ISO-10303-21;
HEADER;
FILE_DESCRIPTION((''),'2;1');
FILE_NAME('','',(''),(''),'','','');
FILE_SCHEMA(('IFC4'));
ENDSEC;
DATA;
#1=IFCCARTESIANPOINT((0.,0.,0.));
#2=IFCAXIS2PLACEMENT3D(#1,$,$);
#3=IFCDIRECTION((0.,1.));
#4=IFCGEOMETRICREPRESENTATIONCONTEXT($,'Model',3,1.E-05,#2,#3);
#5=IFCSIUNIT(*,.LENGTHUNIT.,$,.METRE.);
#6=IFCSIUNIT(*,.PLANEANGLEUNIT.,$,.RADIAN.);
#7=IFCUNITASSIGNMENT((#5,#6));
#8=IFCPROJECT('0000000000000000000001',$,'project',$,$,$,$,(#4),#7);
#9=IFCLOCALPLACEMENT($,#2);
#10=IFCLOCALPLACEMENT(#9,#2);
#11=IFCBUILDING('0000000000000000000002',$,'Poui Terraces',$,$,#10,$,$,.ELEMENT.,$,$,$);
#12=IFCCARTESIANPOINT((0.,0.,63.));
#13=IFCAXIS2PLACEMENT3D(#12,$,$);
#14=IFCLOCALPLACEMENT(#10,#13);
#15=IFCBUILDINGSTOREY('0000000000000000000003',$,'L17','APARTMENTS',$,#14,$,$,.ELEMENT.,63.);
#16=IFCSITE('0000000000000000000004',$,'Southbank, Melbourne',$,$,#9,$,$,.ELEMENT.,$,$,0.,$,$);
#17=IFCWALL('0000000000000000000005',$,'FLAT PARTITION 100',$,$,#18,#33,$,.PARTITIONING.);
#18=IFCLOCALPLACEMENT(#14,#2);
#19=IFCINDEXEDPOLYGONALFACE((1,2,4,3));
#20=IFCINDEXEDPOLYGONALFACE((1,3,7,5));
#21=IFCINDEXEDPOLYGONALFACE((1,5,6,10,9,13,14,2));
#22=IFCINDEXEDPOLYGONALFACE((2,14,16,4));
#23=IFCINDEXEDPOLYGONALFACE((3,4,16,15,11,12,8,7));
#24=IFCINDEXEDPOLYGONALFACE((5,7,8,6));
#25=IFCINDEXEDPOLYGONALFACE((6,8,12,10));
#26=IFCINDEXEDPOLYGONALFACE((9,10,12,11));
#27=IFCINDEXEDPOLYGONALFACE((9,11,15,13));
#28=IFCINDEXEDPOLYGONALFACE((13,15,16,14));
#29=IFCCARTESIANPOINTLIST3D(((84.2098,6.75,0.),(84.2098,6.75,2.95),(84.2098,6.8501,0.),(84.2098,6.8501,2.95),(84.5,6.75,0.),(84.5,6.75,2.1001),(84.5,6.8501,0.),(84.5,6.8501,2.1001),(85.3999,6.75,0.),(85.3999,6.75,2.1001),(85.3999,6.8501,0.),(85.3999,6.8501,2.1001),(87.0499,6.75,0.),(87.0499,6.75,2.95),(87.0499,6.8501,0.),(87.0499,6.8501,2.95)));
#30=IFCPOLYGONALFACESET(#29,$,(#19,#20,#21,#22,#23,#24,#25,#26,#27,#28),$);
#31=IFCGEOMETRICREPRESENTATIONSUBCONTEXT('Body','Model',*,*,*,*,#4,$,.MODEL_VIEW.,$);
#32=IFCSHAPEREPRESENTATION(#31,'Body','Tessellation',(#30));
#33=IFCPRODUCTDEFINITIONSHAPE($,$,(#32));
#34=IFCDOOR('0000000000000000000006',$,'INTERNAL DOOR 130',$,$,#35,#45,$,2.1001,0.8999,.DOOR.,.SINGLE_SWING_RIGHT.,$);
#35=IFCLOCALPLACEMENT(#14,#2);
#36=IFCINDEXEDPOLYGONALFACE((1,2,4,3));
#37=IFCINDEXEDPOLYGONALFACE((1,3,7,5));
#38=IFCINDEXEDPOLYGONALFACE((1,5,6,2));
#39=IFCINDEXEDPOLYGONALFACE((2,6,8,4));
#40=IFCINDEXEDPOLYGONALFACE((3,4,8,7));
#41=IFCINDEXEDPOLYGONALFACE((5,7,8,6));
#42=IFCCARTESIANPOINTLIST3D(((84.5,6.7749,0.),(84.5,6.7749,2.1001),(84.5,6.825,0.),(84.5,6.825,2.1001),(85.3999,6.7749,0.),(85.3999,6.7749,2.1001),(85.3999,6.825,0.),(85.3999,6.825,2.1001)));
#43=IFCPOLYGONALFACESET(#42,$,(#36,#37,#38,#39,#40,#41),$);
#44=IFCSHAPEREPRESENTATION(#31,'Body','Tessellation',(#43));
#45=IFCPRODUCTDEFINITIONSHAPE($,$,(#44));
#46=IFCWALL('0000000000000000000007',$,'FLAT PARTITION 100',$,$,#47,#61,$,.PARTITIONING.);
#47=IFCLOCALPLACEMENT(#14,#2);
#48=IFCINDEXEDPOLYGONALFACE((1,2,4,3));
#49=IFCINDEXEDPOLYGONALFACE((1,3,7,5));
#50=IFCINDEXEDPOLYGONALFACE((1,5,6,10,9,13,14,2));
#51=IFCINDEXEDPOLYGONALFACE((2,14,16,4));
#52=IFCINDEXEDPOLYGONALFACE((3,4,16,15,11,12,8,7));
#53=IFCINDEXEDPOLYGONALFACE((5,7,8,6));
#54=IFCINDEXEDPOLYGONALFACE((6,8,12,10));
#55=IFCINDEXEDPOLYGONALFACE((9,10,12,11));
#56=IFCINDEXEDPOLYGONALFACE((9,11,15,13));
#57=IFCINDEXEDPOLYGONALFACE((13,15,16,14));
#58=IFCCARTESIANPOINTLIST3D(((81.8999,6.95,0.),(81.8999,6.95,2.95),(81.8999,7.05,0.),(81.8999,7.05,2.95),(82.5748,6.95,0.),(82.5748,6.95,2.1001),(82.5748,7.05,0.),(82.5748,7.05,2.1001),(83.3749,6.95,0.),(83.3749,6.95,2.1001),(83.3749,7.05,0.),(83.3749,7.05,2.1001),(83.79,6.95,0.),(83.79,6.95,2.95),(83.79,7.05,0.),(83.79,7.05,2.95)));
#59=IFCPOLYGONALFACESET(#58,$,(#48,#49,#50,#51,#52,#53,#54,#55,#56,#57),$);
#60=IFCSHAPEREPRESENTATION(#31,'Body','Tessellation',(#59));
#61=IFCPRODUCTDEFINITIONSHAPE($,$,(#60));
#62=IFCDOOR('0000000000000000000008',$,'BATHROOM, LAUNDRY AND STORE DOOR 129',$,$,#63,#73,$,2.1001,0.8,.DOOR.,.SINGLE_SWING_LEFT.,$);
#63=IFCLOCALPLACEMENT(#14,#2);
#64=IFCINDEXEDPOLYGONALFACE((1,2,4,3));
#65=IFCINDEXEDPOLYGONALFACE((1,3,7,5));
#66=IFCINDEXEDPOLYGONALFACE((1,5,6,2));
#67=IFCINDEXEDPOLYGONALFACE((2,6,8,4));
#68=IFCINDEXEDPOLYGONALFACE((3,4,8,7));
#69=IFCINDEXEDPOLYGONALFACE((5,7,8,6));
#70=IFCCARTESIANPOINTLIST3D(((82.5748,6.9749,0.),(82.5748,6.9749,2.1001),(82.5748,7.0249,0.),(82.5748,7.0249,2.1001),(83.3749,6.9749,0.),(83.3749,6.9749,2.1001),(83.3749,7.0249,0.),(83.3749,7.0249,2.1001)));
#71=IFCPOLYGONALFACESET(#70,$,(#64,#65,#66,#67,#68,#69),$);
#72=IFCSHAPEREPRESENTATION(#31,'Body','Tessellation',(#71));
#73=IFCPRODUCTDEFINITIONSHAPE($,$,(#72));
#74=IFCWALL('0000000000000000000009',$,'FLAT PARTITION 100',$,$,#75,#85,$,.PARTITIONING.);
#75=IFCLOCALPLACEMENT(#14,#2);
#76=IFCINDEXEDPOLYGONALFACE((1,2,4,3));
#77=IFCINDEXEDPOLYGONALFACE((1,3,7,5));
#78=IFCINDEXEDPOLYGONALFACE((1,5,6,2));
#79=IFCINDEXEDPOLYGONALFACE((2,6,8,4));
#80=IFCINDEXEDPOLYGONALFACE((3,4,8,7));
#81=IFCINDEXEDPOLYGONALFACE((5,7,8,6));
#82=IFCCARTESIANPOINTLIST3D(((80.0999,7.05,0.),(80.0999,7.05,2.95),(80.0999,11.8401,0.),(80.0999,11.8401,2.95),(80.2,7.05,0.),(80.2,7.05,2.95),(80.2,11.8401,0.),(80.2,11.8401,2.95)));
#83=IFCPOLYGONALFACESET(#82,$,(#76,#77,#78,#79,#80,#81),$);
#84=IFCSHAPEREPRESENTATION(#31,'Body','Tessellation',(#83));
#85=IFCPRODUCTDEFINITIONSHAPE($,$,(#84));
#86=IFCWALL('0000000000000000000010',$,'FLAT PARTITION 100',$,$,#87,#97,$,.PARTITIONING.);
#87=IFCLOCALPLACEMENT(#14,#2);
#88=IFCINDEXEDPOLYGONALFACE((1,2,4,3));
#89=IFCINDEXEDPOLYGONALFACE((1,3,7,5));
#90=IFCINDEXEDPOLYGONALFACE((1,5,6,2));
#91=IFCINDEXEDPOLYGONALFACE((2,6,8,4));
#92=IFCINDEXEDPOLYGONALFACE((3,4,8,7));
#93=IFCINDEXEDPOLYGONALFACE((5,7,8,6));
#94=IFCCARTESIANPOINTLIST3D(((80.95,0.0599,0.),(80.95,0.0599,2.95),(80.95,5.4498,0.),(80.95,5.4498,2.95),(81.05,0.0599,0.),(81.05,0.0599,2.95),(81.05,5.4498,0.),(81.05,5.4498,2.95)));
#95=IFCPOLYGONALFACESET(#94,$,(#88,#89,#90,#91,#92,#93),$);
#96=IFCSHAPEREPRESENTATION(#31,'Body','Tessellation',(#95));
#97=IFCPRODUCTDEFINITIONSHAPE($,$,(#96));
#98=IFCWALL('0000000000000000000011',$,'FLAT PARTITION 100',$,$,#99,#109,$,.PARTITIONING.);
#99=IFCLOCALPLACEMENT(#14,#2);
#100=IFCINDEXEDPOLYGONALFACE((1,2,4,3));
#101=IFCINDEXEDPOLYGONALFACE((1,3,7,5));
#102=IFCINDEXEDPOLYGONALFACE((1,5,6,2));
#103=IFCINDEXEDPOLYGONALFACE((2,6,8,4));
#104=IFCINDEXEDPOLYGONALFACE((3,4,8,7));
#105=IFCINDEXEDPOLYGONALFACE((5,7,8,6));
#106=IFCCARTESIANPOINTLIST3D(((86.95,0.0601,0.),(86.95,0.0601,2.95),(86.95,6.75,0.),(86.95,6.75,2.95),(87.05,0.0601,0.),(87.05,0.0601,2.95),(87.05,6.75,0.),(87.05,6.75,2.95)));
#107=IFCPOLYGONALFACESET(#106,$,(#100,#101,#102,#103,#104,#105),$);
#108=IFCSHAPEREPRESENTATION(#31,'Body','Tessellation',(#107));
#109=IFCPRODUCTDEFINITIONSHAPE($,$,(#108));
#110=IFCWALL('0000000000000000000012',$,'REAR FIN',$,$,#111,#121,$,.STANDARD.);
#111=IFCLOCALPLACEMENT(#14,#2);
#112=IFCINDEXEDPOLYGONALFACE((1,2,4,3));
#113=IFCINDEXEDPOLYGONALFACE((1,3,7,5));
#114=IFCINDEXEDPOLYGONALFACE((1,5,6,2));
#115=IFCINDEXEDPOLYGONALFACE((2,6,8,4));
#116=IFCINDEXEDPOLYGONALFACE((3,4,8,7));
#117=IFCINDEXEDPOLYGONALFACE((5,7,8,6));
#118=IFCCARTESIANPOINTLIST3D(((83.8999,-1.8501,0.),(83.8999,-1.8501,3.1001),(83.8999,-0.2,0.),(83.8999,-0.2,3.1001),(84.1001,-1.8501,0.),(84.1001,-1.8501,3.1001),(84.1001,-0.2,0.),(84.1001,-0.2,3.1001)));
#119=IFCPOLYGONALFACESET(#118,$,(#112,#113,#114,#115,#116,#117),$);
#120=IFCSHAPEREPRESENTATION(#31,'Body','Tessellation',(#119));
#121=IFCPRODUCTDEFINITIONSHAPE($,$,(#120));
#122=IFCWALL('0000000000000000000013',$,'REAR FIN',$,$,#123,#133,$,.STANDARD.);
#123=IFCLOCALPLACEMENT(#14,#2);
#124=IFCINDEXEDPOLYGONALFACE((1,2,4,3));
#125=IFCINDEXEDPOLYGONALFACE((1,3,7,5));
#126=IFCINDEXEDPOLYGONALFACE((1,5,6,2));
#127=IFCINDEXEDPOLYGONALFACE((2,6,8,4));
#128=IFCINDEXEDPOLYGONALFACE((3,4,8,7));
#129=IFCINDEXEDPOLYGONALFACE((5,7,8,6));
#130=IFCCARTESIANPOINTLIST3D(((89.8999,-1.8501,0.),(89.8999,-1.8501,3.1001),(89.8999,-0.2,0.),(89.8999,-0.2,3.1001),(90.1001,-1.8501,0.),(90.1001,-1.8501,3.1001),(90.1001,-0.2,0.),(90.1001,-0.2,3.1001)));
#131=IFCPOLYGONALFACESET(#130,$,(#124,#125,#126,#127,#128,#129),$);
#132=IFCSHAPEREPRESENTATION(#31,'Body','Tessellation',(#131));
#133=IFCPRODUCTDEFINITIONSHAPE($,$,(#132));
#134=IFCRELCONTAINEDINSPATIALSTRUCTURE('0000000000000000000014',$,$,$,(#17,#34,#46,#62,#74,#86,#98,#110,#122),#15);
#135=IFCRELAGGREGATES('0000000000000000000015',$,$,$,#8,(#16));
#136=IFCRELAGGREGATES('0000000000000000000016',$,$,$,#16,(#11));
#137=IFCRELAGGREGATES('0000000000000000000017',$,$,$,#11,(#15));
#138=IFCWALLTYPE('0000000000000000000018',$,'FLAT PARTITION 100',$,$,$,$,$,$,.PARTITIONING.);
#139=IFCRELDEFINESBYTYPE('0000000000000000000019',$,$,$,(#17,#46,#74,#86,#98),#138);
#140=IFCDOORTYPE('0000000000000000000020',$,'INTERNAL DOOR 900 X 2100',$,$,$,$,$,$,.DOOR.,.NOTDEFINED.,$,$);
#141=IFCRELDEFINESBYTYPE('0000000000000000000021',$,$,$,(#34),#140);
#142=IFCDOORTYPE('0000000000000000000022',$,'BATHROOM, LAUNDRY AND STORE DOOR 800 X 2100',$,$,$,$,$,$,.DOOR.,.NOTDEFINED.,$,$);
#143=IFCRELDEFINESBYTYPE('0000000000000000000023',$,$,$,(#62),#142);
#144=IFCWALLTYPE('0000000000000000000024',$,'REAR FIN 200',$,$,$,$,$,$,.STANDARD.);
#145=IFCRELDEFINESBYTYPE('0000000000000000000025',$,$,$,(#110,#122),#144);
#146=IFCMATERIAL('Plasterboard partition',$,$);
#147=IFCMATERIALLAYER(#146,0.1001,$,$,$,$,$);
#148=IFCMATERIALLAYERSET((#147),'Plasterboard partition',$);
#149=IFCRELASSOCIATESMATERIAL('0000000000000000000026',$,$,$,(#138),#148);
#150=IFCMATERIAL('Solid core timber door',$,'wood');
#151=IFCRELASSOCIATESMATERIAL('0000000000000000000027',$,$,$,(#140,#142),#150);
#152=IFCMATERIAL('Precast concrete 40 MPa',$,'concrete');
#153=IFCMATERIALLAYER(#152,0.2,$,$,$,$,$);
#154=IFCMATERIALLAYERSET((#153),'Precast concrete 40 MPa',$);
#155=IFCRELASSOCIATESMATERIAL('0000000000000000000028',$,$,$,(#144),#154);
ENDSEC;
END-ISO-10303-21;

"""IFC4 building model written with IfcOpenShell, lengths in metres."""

from ifc_helpers import new_model, si_unit, direction, frame, frame_2d, origin, place, context, subcontext, project, spatial, polyline, rectangle, outline, extrude, source, transform, mapped, material, layer, layer_set, type_object, element, fill, save


model = new_model("IFC4")

# Units and contexts
model_context = context("Model", 3, precision=1e-05, world=origin(), true_north=direction((0.0, 1.0)))
body_context = subcontext(model_context, "Body", "Model", "MODEL_VIEW")
ifc_project = project(units=[si_unit("LENGTHUNIT", "METRE"), si_unit("PLANEANGLEUNIT", "RADIAN")], contexts=[model_context])

# Site, building, storey
site_placement = place(None, origin())
site = spatial("IfcSite", under=ifc_project, at=site_placement, Name="Southbank, Melbourne", CompositionType="ELEMENT", RefElevation=0.0)
building_placement = place(site_placement, origin())
building = spatial("IfcBuilding", under=site, at=building_placement, Name="Poui Terraces", CompositionType="ELEMENT")
storey_placement = place(building_placement, frame((0.0, 0.0, 63.0)))
storey = spatial("IfcBuildingStorey", under=building, at=storey_placement, Name="L17", Description="APARTMENTS", CompositionType="ELEMENT", Elevation=63.0)

# Shared definitions
ifc_material_1 = material(Name="Precast concrete 40 MPa", Category="concrete")

# Walls, openings, doors
ifc_material_2 = material(Name="Plasterboard partition")
ifc_layer_1 = layer(ifc_material_2, 0.1001)
ifc_layer_set_1 = layer_set([ifc_layer_1], Name="Plasterboard partition")
wall_type_1 = type_object("IfcWallType", Name="FLAT PARTITION 100", PredefinedType="PARTITIONING", material=ifc_layer_set_1)
wall_1_placement = place(storey_placement, frame((84.21, 6.8, 0.0), z_axis=(0.0, 0.0, 1.0), x_axis=(1.0, 0.0, 0.0)))
wall_1 = element("IfcWall", 1, at=wall_1_placement, inside=storey, type_object=wall_type_1, Name="FLAT PARTITION 100", PredefinedType="PARTITIONING", context=body_context, shape_type="SweptSolid", body=[
    extrude(rectangle(XDim=2.8401, YDim=0.1001, at=frame_2d((1.4199, 0.0))), origin(), (0.0, 0.0, 1.0), 2.95),
])
opening_1_placement = place(wall_1_placement, frame((0.29, 0.0, 0.0)))
opening_1 = element("IfcOpeningElement", 2, at=opening_1_placement, cuts=wall_1, PredefinedType="OPENING", context=body_context, shape_type="SweptSolid", body=[
    extrude(rectangle(XDim=0.8999, YDim=2.1001, at=frame_2d((0.45, 1.05))), frame((0.0, 0.0601, 0.0), z_axis=(0.0, -1.0, 0.0), x_axis=(1.0, 0.0, 0.0)), (0.0, 0.0, 1.0), 0.1201),
])
ifc_material_3 = material(Name="Solid core timber door", Category="wood")
door_type_1 = type_object("IfcDoorType", Name="INTERNAL DOOR 900 X 2100", OperationType="NOTDEFINED", PredefinedType="DOOR", material=ifc_material_3)
door_1_placement = place(opening_1_placement, origin())
door_1 = element("IfcDoor", 3, at=door_1_placement, inside=storey, type_object=door_type_1, Name="INTERNAL DOOR 130", OperationType="SINGLE_SWING_RIGHT", OverallHeight=2.1001, OverallWidth=0.8999, PredefinedType="DOOR", context=body_context, shape_type="SweptSolid", body=[
    extrude(rectangle(XDim=0.8999, YDim=2.1001, at=frame_2d((0.45, 1.05))), frame((0.0, 0.0249, 0.0), z_axis=(0.0, -1.0, 0.0), x_axis=(1.0, 0.0, 0.0)), (0.0, 0.0, 1.0), 0.05),
])
fill(opening_1, door_1)
wall_2_placement = place(storey_placement, frame((81.8999, 7.0, 0.0), z_axis=(0.0, 0.0, 1.0), x_axis=(1.0, 0.0, 0.0)))
wall_2 = element("IfcWall", 4, at=wall_2_placement, inside=storey, type_object=wall_type_1, Name="FLAT PARTITION 100", PredefinedType="PARTITIONING", context=body_context, shape_type="SweptSolid", body=[
    extrude(rectangle(XDim=1.8901, YDim=0.1001, at=frame_2d((0.9451, 0.0))), origin(), (0.0, 0.0, 1.0), 2.95),
])
opening_2_placement = place(wall_2_placement, frame((0.675, 0.0, 0.0)))
opening_2 = element("IfcOpeningElement", 5, at=opening_2_placement, cuts=wall_2, PredefinedType="OPENING", context=body_context, shape_type="SweptSolid", body=[
    extrude(rectangle(XDim=0.8, YDim=2.1001, at=frame_2d((0.3999, 1.05))), frame((0.0, 0.0601, 0.0), z_axis=(0.0, -1.0, 0.0), x_axis=(1.0, 0.0, 0.0)), (0.0, 0.0, 1.0), 0.1201),
])
door_type_2 = type_object("IfcDoorType", Name="BATHROOM, LAUNDRY AND STORE DOOR 800 X 2100", OperationType="NOTDEFINED", PredefinedType="DOOR", material=ifc_material_3)
door_2_placement = place(opening_2_placement, origin())
door_2 = element("IfcDoor", 6, at=door_2_placement, inside=storey, type_object=door_type_2, Name="BATHROOM, LAUNDRY AND STORE DOOR 129", OperationType="SINGLE_SWING_LEFT", OverallHeight=2.1001, OverallWidth=0.8, PredefinedType="DOOR", context=body_context, shape_type="SweptSolid", body=[
    extrude(rectangle(XDim=0.8, YDim=2.1001, at=frame_2d((0.3999, 1.05))), frame((0.0, 0.0249, 0.0), z_axis=(0.0, -1.0, 0.0), x_axis=(1.0, 0.0, 0.0)), (0.0, 0.0, 1.0), 0.05),
])
fill(opening_2, door_2)

# Walls
wall_3_placement = place(storey_placement, frame((80.1499, 7.05, 0.0), z_axis=(0.0, 0.0, 1.0), x_axis=(0.0, 1.0, 0.0)))
element("IfcWall", 7, at=wall_3_placement, inside=storey, type_object=wall_type_1, Name="FLAT PARTITION 100", PredefinedType="PARTITIONING", context=body_context, shape_type="SweptSolid", body=[
    extrude(rectangle(XDim=4.79, YDim=0.1001, at=frame_2d((2.395, 0.0))), origin(), (0.0, 0.0, 1.0), 2.95),
])
wall_4_placement = place(storey_placement, frame((81.0, 0.0601, 0.0), z_axis=(0.0, 0.0, 1.0), x_axis=(0.0, 1.0, 0.0)))
element("IfcWall", 8, at=wall_4_placement, inside=storey, type_object=wall_type_1, Name="FLAT PARTITION 100", PredefinedType="PARTITIONING", context=body_context, shape_type="SweptSolid", body=[
    extrude(rectangle(XDim=5.3899, YDim=0.1001, at=frame_2d((2.6948, 0.0))), origin(), (0.0, 0.0, 1.0), 2.95),
])
wall_5_placement = place(storey_placement, frame((87.0, 0.0601, 0.0), z_axis=(0.0, 0.0, 1.0), x_axis=(0.0, 1.0, 0.0)))
element("IfcWall", 9, at=wall_5_placement, inside=storey, type_object=wall_type_1, Name="FLAT PARTITION 100", PredefinedType="PARTITIONING", context=body_context, shape_type="SweptSolid", body=[
    extrude(rectangle(XDim=6.6899, YDim=0.1001, at=frame_2d((3.345, 0.0))), origin(), (0.0, 0.0, 1.0), 2.95),
])
ifc_layer_2 = layer(ifc_material_1, 0.2)
ifc_layer_set_2 = layer_set([ifc_layer_2], Name="Precast concrete 40 MPa")
wall_type_2 = type_object("IfcWallType", Name="REAR FIN 200", PredefinedType="STANDARD", material=ifc_layer_set_2)
shared_shape_1 = source(origin(), body_context, "Body", "SweptSolid", [
    extrude(outline(polyline([(0.0, 0.0), (0.2002, 0.0), (0.2002, 1.6501), (0.0, 1.6501), (0.0, 0.0)])), origin(), (0.0, 0.0, 1.0), 3.1001),
])
for number, where, name in (
    (10, (83.8999, -1.8501, 0.0), "REAR FIN"),
    (11, (89.8999, -1.8501, 0.0), "REAR FIN"),
):
    element("IfcWall", number, at=place(storey_placement, frame(where)), inside=storey, type_object=wall_type_2, Name=name, PredefinedType="STANDARD", context=body_context, shape_type="MappedRepresentation", body=[
        mapped(shared_shape_1, transform((0.0, 0.0, 0.0))),
    ])

save(model, "model.ifc")
